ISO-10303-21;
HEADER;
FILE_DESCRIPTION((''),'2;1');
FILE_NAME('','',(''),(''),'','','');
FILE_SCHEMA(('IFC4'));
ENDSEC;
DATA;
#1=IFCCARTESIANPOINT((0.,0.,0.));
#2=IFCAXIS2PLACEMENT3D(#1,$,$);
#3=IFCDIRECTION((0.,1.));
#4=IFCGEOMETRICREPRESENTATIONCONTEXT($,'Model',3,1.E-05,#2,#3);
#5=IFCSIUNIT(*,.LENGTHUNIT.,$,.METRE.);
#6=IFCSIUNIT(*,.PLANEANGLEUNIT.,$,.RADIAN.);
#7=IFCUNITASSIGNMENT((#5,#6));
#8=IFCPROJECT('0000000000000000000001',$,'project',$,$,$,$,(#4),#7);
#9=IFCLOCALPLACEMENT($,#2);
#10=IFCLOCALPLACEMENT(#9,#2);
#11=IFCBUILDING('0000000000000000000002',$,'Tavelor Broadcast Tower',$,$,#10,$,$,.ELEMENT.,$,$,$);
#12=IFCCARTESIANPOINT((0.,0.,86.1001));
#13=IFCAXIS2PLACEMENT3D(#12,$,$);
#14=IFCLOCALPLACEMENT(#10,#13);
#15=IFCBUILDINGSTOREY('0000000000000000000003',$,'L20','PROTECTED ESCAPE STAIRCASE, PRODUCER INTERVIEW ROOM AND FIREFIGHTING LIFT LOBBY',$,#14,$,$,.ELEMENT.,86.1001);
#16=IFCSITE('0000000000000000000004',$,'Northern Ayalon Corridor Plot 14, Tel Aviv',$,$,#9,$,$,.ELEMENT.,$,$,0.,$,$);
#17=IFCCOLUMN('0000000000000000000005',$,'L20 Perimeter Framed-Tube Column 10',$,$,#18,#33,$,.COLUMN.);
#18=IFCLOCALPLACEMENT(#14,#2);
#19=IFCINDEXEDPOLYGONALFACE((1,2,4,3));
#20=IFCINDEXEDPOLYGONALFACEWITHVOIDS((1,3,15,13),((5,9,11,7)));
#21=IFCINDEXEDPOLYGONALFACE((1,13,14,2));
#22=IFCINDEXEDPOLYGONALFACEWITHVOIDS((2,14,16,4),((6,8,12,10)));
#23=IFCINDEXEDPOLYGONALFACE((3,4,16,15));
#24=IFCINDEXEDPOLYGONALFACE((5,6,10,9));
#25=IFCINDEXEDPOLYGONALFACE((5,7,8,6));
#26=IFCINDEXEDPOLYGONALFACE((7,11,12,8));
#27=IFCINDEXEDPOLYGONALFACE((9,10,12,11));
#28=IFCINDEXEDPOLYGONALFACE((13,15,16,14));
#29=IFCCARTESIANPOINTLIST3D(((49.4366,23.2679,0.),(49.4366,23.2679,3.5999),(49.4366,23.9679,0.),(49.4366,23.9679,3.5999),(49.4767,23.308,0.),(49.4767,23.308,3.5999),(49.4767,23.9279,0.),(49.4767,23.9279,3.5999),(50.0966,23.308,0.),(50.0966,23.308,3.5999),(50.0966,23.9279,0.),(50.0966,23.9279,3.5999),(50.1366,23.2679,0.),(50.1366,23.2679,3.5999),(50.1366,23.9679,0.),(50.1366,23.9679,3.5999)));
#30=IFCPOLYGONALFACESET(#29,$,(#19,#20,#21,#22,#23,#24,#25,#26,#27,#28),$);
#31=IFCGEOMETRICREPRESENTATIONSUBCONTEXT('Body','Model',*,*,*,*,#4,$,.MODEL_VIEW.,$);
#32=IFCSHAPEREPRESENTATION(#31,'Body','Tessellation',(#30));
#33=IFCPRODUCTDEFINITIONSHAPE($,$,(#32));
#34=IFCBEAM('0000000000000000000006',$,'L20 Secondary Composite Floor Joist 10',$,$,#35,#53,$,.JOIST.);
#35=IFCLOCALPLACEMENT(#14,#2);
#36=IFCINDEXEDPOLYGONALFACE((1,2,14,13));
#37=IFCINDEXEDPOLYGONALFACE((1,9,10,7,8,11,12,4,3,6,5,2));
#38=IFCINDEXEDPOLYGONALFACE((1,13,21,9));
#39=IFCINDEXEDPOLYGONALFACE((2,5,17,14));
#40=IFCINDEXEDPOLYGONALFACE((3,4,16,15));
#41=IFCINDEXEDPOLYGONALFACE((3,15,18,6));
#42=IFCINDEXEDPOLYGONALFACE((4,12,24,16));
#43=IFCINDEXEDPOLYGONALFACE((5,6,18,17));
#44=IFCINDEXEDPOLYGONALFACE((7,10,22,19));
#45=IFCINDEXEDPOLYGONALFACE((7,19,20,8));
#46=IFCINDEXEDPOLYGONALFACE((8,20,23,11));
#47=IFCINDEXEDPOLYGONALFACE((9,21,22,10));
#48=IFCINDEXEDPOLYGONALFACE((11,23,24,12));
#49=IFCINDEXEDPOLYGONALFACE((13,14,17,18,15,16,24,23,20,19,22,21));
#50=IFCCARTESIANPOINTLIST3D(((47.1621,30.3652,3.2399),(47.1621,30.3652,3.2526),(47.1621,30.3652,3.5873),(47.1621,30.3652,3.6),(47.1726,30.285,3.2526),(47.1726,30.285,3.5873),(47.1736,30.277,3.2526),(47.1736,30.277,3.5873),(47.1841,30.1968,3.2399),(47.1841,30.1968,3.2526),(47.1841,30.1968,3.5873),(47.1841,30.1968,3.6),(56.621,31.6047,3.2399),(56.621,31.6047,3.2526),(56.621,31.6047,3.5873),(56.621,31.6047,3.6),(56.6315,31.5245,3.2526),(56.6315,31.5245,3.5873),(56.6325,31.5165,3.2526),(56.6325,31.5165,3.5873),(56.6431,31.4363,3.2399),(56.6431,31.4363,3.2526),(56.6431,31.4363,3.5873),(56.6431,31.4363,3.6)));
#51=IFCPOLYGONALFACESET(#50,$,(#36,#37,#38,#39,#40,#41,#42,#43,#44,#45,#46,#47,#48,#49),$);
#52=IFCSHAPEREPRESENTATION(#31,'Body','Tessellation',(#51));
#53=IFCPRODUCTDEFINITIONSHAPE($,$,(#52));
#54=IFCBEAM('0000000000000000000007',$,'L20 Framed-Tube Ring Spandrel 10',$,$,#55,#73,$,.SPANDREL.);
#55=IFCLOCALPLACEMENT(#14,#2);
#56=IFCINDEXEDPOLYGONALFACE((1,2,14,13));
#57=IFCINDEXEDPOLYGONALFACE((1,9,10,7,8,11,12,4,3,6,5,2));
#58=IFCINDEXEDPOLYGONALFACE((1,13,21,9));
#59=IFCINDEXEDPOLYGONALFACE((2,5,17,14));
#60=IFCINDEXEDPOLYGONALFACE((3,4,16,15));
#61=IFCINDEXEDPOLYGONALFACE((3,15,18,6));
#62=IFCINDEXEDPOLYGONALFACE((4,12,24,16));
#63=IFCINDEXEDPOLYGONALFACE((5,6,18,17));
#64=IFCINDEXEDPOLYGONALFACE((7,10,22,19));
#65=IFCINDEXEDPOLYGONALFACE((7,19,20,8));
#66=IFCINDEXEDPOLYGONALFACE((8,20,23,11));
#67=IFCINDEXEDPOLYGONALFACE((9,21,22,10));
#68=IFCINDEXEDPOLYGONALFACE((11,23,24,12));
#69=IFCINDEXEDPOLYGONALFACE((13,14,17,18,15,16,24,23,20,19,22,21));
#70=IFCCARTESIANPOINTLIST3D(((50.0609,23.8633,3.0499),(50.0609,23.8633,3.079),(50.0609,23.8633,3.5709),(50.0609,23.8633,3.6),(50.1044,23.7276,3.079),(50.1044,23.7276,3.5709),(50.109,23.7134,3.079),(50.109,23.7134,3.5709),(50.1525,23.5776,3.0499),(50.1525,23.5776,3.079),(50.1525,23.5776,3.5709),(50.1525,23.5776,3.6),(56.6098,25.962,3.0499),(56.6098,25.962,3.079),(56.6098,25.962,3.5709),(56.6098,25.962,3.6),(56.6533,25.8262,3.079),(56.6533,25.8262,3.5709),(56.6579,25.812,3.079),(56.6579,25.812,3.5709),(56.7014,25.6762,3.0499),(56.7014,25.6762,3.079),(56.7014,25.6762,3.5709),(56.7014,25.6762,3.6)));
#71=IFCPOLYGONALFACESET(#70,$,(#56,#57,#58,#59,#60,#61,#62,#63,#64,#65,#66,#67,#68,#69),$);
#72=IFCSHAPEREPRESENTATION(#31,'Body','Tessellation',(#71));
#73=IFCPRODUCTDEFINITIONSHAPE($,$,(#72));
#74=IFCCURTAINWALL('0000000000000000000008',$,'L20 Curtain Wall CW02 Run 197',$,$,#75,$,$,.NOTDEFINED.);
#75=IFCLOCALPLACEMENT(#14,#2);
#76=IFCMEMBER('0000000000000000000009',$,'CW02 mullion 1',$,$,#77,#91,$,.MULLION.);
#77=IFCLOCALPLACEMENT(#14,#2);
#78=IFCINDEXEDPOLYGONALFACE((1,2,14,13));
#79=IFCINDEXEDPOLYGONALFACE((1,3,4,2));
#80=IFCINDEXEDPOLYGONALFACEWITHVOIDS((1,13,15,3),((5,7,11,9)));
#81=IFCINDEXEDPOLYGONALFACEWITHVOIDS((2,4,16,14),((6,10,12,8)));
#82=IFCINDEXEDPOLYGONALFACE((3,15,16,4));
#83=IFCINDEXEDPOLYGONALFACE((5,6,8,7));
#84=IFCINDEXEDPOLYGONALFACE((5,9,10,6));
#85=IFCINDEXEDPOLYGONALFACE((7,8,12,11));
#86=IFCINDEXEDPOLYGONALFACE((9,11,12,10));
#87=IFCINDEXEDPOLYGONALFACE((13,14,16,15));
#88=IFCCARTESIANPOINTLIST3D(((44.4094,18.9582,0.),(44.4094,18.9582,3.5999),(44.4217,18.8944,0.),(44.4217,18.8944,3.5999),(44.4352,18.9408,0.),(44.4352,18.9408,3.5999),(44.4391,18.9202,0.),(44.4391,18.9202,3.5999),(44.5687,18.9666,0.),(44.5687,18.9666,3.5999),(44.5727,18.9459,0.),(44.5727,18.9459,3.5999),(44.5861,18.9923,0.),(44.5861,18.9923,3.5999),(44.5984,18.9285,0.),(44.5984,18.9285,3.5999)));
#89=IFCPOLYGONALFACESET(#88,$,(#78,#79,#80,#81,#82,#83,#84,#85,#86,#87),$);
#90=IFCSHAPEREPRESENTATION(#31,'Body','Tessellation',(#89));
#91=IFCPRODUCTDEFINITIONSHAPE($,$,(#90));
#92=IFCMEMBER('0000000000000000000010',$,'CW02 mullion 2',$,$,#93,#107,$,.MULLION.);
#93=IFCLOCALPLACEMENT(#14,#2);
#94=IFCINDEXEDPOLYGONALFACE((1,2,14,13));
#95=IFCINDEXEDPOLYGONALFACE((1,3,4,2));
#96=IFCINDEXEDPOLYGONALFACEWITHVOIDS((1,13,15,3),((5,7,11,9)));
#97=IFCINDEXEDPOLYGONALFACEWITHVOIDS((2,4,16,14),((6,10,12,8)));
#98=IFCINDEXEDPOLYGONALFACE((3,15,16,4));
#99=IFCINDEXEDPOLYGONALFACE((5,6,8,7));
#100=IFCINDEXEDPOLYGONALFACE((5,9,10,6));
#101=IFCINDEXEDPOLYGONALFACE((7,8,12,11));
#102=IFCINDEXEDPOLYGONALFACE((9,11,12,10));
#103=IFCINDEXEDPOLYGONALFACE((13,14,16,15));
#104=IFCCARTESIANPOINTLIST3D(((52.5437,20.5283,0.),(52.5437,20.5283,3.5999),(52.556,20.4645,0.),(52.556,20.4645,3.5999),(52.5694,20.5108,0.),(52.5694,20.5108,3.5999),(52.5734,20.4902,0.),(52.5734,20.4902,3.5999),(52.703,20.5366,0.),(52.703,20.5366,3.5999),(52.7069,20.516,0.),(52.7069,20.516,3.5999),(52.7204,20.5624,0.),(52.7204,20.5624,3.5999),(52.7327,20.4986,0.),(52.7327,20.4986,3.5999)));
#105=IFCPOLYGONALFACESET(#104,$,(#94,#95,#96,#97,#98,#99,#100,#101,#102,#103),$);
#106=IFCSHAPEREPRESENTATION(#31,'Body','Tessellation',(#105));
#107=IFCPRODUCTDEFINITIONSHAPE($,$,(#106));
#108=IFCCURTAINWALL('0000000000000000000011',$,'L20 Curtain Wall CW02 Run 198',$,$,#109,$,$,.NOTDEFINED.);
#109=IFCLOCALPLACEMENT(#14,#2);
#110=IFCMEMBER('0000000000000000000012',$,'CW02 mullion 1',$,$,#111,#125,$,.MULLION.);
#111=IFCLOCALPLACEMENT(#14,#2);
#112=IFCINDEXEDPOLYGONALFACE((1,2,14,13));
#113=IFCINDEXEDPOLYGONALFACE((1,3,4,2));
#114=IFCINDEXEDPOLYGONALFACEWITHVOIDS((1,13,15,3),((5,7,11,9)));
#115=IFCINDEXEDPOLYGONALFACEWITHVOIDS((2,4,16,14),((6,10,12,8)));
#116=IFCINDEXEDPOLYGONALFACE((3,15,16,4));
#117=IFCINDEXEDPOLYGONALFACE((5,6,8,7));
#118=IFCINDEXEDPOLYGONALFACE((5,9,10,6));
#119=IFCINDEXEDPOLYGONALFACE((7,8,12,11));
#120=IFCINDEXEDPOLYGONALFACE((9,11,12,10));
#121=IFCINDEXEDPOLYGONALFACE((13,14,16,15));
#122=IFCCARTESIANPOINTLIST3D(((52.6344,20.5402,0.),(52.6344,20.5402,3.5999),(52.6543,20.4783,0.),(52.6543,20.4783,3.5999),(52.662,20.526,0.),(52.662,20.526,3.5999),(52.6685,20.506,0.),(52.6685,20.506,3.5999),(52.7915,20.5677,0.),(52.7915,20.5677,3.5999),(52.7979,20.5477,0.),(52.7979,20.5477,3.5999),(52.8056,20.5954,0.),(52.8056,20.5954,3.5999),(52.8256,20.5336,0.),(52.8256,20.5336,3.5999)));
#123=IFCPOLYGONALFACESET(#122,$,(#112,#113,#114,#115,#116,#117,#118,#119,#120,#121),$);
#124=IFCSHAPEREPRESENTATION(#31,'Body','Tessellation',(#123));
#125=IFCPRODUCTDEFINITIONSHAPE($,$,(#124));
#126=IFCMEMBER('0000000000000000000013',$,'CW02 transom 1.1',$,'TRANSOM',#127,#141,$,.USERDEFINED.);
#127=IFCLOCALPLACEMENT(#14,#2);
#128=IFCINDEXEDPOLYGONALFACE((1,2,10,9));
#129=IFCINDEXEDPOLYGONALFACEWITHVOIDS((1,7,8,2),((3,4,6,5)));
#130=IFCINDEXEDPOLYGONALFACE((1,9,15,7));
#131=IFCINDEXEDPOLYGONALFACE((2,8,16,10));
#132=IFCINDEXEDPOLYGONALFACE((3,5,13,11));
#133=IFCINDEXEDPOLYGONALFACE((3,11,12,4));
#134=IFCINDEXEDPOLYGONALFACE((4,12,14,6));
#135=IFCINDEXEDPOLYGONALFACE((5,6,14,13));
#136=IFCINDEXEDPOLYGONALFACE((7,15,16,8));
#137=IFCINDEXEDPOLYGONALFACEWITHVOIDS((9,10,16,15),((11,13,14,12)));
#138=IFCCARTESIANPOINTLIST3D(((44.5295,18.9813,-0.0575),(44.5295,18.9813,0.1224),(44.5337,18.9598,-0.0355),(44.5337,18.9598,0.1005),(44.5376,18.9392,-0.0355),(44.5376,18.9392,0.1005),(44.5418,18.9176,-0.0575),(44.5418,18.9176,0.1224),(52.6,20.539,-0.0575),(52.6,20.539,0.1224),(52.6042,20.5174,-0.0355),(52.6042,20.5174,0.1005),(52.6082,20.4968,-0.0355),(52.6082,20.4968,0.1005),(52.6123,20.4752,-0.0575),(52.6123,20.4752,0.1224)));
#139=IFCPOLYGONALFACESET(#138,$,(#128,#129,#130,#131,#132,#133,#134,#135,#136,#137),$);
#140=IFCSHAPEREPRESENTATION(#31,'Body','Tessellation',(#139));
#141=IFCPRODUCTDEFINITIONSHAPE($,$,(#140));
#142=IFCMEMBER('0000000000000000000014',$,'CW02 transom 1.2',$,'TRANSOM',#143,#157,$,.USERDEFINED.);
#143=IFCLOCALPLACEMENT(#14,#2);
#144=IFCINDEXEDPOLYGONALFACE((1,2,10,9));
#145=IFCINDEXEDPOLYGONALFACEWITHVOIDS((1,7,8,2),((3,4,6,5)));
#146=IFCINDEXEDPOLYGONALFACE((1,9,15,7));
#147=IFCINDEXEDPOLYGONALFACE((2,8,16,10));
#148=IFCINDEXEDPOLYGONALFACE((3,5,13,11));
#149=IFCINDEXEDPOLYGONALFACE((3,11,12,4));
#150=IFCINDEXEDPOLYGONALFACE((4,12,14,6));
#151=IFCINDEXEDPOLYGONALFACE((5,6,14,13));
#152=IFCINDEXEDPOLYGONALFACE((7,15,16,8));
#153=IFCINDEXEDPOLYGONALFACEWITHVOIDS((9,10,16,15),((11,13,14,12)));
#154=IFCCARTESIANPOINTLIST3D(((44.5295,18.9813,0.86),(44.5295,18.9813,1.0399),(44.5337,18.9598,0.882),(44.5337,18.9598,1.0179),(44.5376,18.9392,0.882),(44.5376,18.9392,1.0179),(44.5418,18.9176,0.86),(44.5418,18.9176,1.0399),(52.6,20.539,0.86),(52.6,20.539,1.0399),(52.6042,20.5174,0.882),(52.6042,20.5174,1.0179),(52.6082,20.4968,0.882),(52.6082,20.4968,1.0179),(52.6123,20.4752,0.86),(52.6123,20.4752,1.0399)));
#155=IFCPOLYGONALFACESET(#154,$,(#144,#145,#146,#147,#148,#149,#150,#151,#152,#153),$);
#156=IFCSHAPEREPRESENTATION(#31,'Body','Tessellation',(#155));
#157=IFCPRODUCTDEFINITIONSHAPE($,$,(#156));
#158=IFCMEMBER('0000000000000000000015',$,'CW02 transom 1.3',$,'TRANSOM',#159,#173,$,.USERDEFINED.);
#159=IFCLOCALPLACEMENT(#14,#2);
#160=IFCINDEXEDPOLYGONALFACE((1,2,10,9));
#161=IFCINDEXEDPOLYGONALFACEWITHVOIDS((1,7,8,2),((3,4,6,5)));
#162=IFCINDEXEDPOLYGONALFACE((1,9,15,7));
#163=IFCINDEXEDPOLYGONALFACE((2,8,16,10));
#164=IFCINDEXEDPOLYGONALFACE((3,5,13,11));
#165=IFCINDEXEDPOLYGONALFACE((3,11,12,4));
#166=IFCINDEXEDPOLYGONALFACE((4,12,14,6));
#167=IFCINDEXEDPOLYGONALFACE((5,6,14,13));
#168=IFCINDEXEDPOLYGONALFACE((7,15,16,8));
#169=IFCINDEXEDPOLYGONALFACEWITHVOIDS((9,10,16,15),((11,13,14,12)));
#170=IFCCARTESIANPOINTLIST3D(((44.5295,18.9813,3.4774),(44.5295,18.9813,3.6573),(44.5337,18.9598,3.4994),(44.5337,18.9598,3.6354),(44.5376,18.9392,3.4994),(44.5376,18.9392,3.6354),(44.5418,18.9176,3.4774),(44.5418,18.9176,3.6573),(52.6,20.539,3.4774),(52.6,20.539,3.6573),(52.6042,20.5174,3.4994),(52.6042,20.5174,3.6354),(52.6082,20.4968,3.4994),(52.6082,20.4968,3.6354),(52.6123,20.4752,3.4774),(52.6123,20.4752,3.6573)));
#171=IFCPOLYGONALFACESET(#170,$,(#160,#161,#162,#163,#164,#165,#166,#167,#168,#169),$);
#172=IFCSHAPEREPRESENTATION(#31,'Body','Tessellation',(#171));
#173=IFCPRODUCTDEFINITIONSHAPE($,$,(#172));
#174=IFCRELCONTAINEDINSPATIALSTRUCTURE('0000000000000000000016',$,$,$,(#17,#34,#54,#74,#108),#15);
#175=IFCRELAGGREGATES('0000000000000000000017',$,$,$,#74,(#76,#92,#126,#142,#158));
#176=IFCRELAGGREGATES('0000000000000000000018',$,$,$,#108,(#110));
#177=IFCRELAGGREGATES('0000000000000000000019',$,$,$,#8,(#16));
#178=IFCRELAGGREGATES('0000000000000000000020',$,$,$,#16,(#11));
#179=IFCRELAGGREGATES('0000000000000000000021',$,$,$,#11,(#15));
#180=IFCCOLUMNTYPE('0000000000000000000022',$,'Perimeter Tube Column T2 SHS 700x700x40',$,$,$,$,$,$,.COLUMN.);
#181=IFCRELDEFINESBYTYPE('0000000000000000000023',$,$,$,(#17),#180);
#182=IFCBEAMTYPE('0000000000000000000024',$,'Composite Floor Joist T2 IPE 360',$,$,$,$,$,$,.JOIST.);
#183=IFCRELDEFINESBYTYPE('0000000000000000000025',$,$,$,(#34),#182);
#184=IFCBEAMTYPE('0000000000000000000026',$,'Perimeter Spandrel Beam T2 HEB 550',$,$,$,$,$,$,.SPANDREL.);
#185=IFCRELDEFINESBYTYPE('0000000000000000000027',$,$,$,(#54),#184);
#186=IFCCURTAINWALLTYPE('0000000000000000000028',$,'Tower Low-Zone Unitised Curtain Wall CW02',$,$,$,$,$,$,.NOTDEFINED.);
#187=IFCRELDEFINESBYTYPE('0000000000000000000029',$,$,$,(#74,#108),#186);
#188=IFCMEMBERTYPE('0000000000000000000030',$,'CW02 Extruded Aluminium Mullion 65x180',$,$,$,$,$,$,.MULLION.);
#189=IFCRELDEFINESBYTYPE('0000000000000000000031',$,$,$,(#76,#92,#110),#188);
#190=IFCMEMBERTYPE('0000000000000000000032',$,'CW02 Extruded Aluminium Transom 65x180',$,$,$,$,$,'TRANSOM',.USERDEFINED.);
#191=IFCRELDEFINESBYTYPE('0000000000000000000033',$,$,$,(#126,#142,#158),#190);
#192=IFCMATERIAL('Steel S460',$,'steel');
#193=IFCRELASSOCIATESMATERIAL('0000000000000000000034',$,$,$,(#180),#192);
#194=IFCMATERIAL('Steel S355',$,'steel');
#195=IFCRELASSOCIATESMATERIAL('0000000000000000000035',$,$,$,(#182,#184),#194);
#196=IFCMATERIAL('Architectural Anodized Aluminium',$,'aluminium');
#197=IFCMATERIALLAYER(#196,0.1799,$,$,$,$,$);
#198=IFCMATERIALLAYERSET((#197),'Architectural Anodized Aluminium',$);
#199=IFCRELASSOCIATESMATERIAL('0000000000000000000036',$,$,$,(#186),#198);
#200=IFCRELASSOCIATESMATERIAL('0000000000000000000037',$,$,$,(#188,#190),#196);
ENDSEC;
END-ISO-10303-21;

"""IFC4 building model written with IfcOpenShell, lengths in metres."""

from ifc_helpers import new_model, si_unit, direction, frame, origin, origin_2d, place, context, subcontext, project, spatial, hollow_rectangle, i_section, extrude, source, transform, mapped, material, layer, layer_set, material_profile, profile_set, type_object, type_shapes, element, aggregate, save


model = new_model("IFC4")

# Units and contexts
model_context = context("Model", 3, precision=1e-05, world=origin(), true_north=direction((0.0, 1.0)))
body_context = subcontext(model_context, "Body", "Model", "MODEL_VIEW")
ifc_project = project(units=[si_unit("LENGTHUNIT", "METRE"), si_unit("PLANEANGLEUNIT", "RADIAN")], contexts=[model_context])

# Site, building, storey
site_placement = place(None, origin())
site = spatial("IfcSite", under=ifc_project, at=site_placement, Name="Northern Ayalon Corridor Plot 14, Tel Aviv", CompositionType="ELEMENT", RefElevation=0.0)
building_placement = place(site_placement, origin())
building = spatial("IfcBuilding", under=site, at=building_placement, Name="Tavelor Broadcast Tower", CompositionType="ELEMENT")
storey_placement = place(building_placement, frame((0.0, 0.0, 86.1001)))
storey = spatial("IfcBuildingStorey", under=building, at=storey_placement, Name="L20", Description="PROTECTED ESCAPE STAIRCASE, PRODUCER INTERVIEW ROOM AND FIREFIGHTING LIFT LOBBY", CompositionType="ELEMENT", Elevation=86.1001)

# Column
ifc_material_1 = material(Name="Steel S460", Category="steel")
ifc_material_profile_1 = material_profile(ifc_material_1, hollow_rectangle(XDim=0.7, YDim=0.7, WallThickness=0.04, at=origin_2d()), Name="SHS 700x700x40")
ifc_profile_set_1 = profile_set([ifc_material_profile_1], Name="Steel S460")
column_type = type_object("IfcColumnType", Name="Perimeter Tube Column T2 SHS 700x700x40", PredefinedType="COLUMN", material=ifc_profile_set_1)
column_placement = place(storey_placement, frame((49.7866, 23.6179, 0.0), z_axis=(0.0, 0.0, 1.0), x_axis=(1.0, 0.0, 0.0)))
element("IfcColumn", 1, at=column_placement, inside=storey, type_object=column_type, Name="L20 Perimeter Framed-Tube Column 10", PredefinedType="COLUMN", context=body_context, shape_type="SweptSolid", body=[
    extrude(hollow_rectangle(XDim=0.7, YDim=0.7, WallThickness=0.04, at=origin_2d()), origin(), (0.0, 0.0, 1.0), 3.5999),
])

# Beams
ifc_material_2 = material(Name="Steel S355", Category="steel")
ifc_material_profile_2 = material_profile(ifc_material_2, i_section(OverallWidth=0.1699, OverallDepth=0.3601, WebThickness=0.0081, FlangeThickness=0.0127, at=origin_2d()), Name="IPE 360")
ifc_profile_set_2 = profile_set([ifc_material_profile_2], Name="Steel S355")
beam_type_1 = type_object("IfcBeamType", Name="Composite Floor Joist T2 IPE 360", PredefinedType="JOIST", material=ifc_profile_set_2)
beam_1_placement = place(storey_placement, frame((47.1731, 30.281, 3.4199), z_axis=(0.991523, 0.129929, 0.0), x_axis=(-0.129929, 0.991523, 0.0)))
element("IfcBeam", 2, at=beam_1_placement, inside=storey, type_object=beam_type_1, Name="L20 Secondary Composite Floor Joist 10", PredefinedType="JOIST", context=body_context, shape_type="SweptSolid", body=[
    extrude(i_section(OverallWidth=0.1699, OverallDepth=0.3601, WebThickness=0.0081, FlangeThickness=0.0127, at=origin_2d()), origin(), (0.0, 0.0, 1.0), 9.5398),
])
ifc_material_profile_3 = material_profile(ifc_material_2, i_section(OverallWidth=0.3, OverallDepth=0.55, WebThickness=0.0149, FlangeThickness=0.0291, at=origin_2d()), Name="HEB 550")
ifc_profile_set_3 = profile_set([ifc_material_profile_3], Name="Steel S355")
beam_type_2 = type_object("IfcBeamType", Name="Perimeter Spandrel Beam T2 HEB 550", PredefinedType="SPANDREL", material=ifc_profile_set_3)
beam_2_placement = place(storey_placement, frame((50.1067, 23.7205, 3.325), z_axis=(0.952297, 0.305172, 0.0), x_axis=(-0.305172, 0.952297, 0.0)))
element("IfcBeam", 3, at=beam_2_placement, inside=storey, type_object=beam_type_2, Name="L20 Framed-Tube Ring Spandrel 10", PredefinedType="SPANDREL", context=body_context, shape_type="SweptSolid", body=[
    extrude(i_section(OverallWidth=0.3, OverallDepth=0.55, WebThickness=0.0149, FlangeThickness=0.0291, at=origin_2d()), origin(), (0.0, 0.0, 1.0), 6.877),
])

# Curtain wall, members
ifc_material_3 = material(Name="Architectural Anodized Aluminium", Category="aluminium")
ifc_layer_1 = layer(ifc_material_3, 0.1799)
ifc_layer_set_1 = layer_set([ifc_layer_1], Name="Architectural Anodized Aluminium")
curtain_wall_type = type_object("IfcCurtainWallType", Name="Tower Low-Zone Unitised Curtain Wall CW02", PredefinedType="NOTDEFINED", material=ifc_layer_set_1)
curtain_wall_1_placement = place(storey_placement, origin())
curtain_wall_1 = element("IfcCurtainWall", 4, at=curtain_wall_1_placement, inside=storey, type_object=curtain_wall_type, Name="L20 Curtain Wall CW02 Run 197", PredefinedType="NOTDEFINED")
ifc_material_profile_4 = material_profile(ifc_material_3, hollow_rectangle(XDim=0.0649, YDim=0.1799, WallThickness=0.022, at=origin_2d()), Name="RHS 65x180x22")
ifc_profile_set_4 = profile_set([ifc_material_profile_4], Name="Architectural Anodized Aluminium")
member_type_1 = type_object("IfcMemberType", Name="CW02 Extruded Aluminium Mullion 65x180", PredefinedType="MULLION", material=ifc_profile_set_4)
shared_shape_1 = source(origin(), body_context, "Body", "SweptSolid", [
    extrude(hollow_rectangle(XDim=0.0649, YDim=0.1799, WallThickness=0.022, at=origin_2d()), origin(), (0.0, 0.0, 1.0), 3.5999),
])
type_shapes(member_type_1, [shared_shape_1])
member_1_placement = place(storey_placement, frame((44.5039, 18.9434, 0.0), z_axis=(0.0, 0.0, 1.0), x_axis=(-0.18952, 0.981877, 0.0)))
member_1 = element("IfcMember", 5, at=member_1_placement, type_object=member_type_1, Name="CW02 mullion 1", PredefinedType="MULLION", context=body_context, shape_type="MappedRepresentation", body=[
    mapped(shared_shape_1, transform((0.0, 0.0, 0.0), scale=1.0)),
])
member_2_placement = place(storey_placement, frame((52.6382, 20.5134, 0.0), z_axis=(0.0, 0.0, 1.0), x_axis=(-0.18952, 0.981877, 0.0)))
member_2 = element("IfcMember", 6, at=member_2_placement, type_object=member_type_1, Name="CW02 mullion 2", PredefinedType="MULLION", context=body_context, shape_type="MappedRepresentation", body=[
    mapped(shared_shape_1, transform((0.0, 0.0, 0.0), scale=1.0)),
])

# Curtain wall, member
curtain_wall_2_placement = place(storey_placement, origin())
curtain_wall_2 = element("IfcCurtainWall", 7, at=curtain_wall_2_placement, inside=storey, type_object=curtain_wall_type, Name="L20 Curtain Wall CW02 Run 198", PredefinedType="NOTDEFINED")
member_3_placement = place(storey_placement, frame((52.73, 20.5369, 0.0), z_axis=(0.0, 0.0, 1.0), x_axis=(-0.306944, 0.951728, 0.0)))
member_3 = element("IfcMember", 8, at=member_3_placement, type_object=member_type_1, Name="CW02 mullion 1", PredefinedType="MULLION", context=body_context, shape_type="MappedRepresentation", body=[
    mapped(shared_shape_1, transform((0.0, 0.0, 0.0), scale=1.0)),
])

# Members
ifc_material_profile_5 = material_profile(ifc_material_3, hollow_rectangle(XDim=0.0649, YDim=0.1799, WallThickness=0.022, at=origin_2d()), Name="RHS 65x180x22")
ifc_profile_set_5 = profile_set([ifc_material_profile_5], Name="Architectural Anodized Aluminium")
member_type_2 = type_object("IfcMemberType", Name="CW02 Extruded Aluminium Transom 65x180", ElementType="TRANSOM", PredefinedType="USERDEFINED", material=ifc_profile_set_5)
shared_shape_2 = source(origin(), body_context, "Body", "SweptSolid", [
    extrude(hollow_rectangle(XDim=0.0649, YDim=0.1799, WallThickness=0.022, at=origin_2d()), origin(), (0.0, 0.0, 1.0), 8.2195),
])
member_4_placement = place(storey_placement, frame((44.5356, 18.9495, 0.0325), z_axis=(0.98188, 0.189503, 0.0), x_axis=(-0.189503, 0.98188, 0.0)))
member_4 = element("IfcMember", 9, at=member_4_placement, type_object=member_type_2, Name="CW02 transom 1.1", ObjectType="TRANSOM", PredefinedType="USERDEFINED", context=body_context, shape_type="MappedRepresentation", body=[
    mapped(shared_shape_2, transform((0.0, 0.0, 0.0), scale=1.0)),
])
member_5_placement = place(storey_placement, frame((44.5356, 18.9495, 0.95), z_axis=(0.98188, 0.189503, 0.0), x_axis=(-0.189503, 0.98188, 0.0)))
member_5 = element("IfcMember", 10, at=member_5_placement, type_object=member_type_2, Name="CW02 transom 1.2", ObjectType="TRANSOM", PredefinedType="USERDEFINED", context=body_context, shape_type="MappedRepresentation", body=[
    mapped(shared_shape_2, transform((0.0, 0.0, 0.0), scale=1.0)),
])
member_6_placement = place(storey_placement, frame((44.5356, 18.9495, 3.5674), z_axis=(0.98188, 0.189503, 0.0), x_axis=(-0.189503, 0.98188, 0.0)))
member_6 = element("IfcMember", 11, at=member_6_placement, type_object=member_type_2, Name="CW02 transom 1.3", ObjectType="TRANSOM", PredefinedType="USERDEFINED", context=body_context, shape_type="MappedRepresentation", body=[
    mapped(shared_shape_2, transform((0.0, 0.0, 0.0), scale=1.0)),
])

aggregate(curtain_wall_1, [member_1, member_2, member_4, member_5, member_6])
aggregate(curtain_wall_2, [member_3])

save(model, "model.ifc")
